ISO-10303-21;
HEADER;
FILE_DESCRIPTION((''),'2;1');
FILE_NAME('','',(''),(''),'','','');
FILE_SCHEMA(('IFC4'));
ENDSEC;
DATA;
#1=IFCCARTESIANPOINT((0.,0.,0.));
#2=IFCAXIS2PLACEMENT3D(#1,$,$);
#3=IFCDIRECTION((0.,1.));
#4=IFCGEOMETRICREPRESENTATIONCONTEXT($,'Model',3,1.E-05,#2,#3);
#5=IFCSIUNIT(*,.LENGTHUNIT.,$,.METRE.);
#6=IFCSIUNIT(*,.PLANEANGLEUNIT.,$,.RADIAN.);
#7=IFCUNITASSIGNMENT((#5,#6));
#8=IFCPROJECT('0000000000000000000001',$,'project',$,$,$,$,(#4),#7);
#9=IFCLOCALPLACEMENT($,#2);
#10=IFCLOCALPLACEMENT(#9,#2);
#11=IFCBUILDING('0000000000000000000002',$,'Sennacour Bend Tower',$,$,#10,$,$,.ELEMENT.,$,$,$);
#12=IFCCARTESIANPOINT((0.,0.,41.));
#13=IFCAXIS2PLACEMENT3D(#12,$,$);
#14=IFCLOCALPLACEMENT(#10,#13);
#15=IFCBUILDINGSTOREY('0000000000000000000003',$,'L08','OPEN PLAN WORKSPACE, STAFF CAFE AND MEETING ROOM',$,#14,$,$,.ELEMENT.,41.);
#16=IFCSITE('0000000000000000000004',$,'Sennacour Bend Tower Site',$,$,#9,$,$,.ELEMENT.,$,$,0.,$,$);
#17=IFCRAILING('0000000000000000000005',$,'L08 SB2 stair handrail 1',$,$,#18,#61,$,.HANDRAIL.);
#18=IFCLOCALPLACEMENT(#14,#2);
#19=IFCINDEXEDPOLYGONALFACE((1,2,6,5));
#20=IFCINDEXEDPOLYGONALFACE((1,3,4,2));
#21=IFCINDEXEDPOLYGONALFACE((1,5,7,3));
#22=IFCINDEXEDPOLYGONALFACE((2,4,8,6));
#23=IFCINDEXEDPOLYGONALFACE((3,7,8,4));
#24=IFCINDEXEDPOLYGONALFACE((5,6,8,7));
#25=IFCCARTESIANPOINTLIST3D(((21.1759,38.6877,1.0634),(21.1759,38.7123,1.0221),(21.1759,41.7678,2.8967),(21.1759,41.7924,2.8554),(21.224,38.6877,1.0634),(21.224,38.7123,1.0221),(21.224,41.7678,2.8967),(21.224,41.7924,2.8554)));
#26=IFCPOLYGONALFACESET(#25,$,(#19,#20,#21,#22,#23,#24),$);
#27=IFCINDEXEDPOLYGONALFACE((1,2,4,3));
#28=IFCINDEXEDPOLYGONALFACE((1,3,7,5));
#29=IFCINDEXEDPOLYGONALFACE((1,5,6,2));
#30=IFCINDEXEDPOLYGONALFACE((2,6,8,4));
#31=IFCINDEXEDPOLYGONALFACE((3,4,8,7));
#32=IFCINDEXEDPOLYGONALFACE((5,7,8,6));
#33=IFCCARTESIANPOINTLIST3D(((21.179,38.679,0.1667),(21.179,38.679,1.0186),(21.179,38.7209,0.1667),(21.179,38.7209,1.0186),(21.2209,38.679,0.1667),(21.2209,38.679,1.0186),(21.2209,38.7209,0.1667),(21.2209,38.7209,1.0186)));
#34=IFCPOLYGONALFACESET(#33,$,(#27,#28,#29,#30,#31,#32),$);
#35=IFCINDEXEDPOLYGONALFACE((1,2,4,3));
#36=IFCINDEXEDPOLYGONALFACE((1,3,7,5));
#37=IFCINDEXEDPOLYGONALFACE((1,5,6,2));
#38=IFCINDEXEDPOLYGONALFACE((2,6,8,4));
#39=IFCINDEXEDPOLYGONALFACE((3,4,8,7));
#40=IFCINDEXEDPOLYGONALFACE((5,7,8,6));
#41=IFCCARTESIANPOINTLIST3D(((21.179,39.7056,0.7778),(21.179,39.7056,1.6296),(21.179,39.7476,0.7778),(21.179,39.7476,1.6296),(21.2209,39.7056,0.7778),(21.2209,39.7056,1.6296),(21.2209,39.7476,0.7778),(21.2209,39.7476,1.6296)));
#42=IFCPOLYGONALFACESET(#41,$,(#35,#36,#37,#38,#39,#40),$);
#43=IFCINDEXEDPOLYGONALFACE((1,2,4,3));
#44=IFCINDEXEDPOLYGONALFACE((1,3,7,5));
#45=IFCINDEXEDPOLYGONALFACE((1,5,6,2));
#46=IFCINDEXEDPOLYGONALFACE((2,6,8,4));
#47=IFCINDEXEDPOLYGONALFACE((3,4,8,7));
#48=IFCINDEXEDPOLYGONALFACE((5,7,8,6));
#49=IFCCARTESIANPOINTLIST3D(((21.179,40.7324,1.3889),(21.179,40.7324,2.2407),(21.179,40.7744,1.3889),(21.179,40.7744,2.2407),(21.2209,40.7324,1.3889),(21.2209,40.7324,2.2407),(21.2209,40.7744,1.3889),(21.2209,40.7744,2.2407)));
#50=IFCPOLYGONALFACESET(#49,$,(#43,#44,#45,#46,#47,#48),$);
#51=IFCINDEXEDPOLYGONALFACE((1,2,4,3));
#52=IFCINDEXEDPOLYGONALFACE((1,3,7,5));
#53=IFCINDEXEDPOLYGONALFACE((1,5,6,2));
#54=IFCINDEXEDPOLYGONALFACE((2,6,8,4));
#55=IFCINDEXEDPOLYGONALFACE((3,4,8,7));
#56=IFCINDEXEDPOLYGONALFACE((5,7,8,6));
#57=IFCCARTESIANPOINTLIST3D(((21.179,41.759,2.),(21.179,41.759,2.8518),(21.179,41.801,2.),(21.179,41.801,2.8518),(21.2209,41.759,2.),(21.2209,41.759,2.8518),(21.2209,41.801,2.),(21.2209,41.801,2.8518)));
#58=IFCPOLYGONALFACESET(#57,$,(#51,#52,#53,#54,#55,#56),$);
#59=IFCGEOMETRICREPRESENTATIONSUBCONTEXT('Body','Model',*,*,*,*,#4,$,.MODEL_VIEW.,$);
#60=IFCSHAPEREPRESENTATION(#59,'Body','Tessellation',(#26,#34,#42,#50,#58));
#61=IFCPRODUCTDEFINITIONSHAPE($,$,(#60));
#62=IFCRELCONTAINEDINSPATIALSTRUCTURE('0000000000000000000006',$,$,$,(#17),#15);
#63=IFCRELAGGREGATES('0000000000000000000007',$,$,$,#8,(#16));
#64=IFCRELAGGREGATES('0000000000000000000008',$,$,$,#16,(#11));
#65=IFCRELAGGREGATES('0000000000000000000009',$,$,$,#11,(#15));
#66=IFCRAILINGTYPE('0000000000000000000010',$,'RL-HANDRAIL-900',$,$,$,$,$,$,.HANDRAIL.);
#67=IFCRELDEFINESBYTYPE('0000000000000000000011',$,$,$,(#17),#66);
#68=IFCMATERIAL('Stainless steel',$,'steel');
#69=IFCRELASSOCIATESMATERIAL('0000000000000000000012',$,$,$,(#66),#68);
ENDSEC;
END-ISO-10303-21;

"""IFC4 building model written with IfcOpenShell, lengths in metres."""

from ifc_helpers import new_model, si_unit, direction, frame, origin, origin_2d, place, context, subcontext, project, spatial, rectangle, extrude, material, type_object, element, save


model = new_model("IFC4")

# Units and contexts
model_context = context("Model", 3, precision=1e-05, world=origin(), true_north=direction((0.0, 1.0)))
body_context = subcontext(model_context, "Body", "Model", "MODEL_VIEW")
ifc_project = project(units=[si_unit("LENGTHUNIT", "METRE"), si_unit("PLANEANGLEUNIT", "RADIAN")], contexts=[model_context])

# Site, building, storey
site_placement = place(None, origin())
site = spatial("IfcSite", under=ifc_project, at=site_placement, Name="Sennacour Bend Tower Site", CompositionType="ELEMENT", RefElevation=0.0)
building_placement = place(site_placement, origin())
building = spatial("IfcBuilding", under=site, at=building_placement, Name="Sennacour Bend Tower", CompositionType="ELEMENT")
storey_placement = place(building_placement, frame((0.0, 0.0, 41.0)))
storey = spatial("IfcBuildingStorey", under=building, at=storey_placement, Name="L08", Description="OPEN PLAN WORKSPACE, STAFF CAFE AND MEETING ROOM", CompositionType="ELEMENT", Elevation=41.0)

# Railing
ifc_material_1 = material(Name="Stainless steel", Category="steel")
railing_type_1 = type_object("IfcRailingType", Name="RL-HANDRAIL-900", PredefinedType="HANDRAIL", material=ifc_material_1)
railing_1_placement = place(storey_placement, frame((21.2, 38.7, 0.1667)))
element("IfcRailing", 1, at=railing_1_placement, inside=storey, type_object=railing_type_1, Name="L08 SB2 stair handrail 1", PredefinedType="HANDRAIL", context=body_context, shape_type="SweptSolid", body=[
    extrude(rectangle(XDim=0.0481, YDim=0.0481, at=origin_2d()), frame((0.0, 0.0, 0.876), z_axis=(0.0, 0.859309, 0.511458), x_axis=(-1.0, 0.0, 0.0)), (0.0, 0.0, 1.0), 3.5845),
    extrude(rectangle(XDim=0.042, YDim=0.042, at=origin_2d()), origin(), (0.0, 0.0, 1.0), 0.8518),
    extrude(rectangle(XDim=0.042, YDim=0.042, at=origin_2d()), frame((0.0, 1.0266, 0.6111)), (0.0, 0.0, 1.0), 0.8518),
    extrude(rectangle(XDim=0.042, YDim=0.042, at=origin_2d()), frame((0.0, 2.0535, 1.2222)), (0.0, 0.0, 1.0), 0.8518),
    extrude(rectangle(XDim=0.042, YDim=0.042, at=origin_2d()), frame((0.0, 3.0801, 1.8333)), (0.0, 0.0, 1.0), 0.8518),
])

save(model, "model.ifc")
